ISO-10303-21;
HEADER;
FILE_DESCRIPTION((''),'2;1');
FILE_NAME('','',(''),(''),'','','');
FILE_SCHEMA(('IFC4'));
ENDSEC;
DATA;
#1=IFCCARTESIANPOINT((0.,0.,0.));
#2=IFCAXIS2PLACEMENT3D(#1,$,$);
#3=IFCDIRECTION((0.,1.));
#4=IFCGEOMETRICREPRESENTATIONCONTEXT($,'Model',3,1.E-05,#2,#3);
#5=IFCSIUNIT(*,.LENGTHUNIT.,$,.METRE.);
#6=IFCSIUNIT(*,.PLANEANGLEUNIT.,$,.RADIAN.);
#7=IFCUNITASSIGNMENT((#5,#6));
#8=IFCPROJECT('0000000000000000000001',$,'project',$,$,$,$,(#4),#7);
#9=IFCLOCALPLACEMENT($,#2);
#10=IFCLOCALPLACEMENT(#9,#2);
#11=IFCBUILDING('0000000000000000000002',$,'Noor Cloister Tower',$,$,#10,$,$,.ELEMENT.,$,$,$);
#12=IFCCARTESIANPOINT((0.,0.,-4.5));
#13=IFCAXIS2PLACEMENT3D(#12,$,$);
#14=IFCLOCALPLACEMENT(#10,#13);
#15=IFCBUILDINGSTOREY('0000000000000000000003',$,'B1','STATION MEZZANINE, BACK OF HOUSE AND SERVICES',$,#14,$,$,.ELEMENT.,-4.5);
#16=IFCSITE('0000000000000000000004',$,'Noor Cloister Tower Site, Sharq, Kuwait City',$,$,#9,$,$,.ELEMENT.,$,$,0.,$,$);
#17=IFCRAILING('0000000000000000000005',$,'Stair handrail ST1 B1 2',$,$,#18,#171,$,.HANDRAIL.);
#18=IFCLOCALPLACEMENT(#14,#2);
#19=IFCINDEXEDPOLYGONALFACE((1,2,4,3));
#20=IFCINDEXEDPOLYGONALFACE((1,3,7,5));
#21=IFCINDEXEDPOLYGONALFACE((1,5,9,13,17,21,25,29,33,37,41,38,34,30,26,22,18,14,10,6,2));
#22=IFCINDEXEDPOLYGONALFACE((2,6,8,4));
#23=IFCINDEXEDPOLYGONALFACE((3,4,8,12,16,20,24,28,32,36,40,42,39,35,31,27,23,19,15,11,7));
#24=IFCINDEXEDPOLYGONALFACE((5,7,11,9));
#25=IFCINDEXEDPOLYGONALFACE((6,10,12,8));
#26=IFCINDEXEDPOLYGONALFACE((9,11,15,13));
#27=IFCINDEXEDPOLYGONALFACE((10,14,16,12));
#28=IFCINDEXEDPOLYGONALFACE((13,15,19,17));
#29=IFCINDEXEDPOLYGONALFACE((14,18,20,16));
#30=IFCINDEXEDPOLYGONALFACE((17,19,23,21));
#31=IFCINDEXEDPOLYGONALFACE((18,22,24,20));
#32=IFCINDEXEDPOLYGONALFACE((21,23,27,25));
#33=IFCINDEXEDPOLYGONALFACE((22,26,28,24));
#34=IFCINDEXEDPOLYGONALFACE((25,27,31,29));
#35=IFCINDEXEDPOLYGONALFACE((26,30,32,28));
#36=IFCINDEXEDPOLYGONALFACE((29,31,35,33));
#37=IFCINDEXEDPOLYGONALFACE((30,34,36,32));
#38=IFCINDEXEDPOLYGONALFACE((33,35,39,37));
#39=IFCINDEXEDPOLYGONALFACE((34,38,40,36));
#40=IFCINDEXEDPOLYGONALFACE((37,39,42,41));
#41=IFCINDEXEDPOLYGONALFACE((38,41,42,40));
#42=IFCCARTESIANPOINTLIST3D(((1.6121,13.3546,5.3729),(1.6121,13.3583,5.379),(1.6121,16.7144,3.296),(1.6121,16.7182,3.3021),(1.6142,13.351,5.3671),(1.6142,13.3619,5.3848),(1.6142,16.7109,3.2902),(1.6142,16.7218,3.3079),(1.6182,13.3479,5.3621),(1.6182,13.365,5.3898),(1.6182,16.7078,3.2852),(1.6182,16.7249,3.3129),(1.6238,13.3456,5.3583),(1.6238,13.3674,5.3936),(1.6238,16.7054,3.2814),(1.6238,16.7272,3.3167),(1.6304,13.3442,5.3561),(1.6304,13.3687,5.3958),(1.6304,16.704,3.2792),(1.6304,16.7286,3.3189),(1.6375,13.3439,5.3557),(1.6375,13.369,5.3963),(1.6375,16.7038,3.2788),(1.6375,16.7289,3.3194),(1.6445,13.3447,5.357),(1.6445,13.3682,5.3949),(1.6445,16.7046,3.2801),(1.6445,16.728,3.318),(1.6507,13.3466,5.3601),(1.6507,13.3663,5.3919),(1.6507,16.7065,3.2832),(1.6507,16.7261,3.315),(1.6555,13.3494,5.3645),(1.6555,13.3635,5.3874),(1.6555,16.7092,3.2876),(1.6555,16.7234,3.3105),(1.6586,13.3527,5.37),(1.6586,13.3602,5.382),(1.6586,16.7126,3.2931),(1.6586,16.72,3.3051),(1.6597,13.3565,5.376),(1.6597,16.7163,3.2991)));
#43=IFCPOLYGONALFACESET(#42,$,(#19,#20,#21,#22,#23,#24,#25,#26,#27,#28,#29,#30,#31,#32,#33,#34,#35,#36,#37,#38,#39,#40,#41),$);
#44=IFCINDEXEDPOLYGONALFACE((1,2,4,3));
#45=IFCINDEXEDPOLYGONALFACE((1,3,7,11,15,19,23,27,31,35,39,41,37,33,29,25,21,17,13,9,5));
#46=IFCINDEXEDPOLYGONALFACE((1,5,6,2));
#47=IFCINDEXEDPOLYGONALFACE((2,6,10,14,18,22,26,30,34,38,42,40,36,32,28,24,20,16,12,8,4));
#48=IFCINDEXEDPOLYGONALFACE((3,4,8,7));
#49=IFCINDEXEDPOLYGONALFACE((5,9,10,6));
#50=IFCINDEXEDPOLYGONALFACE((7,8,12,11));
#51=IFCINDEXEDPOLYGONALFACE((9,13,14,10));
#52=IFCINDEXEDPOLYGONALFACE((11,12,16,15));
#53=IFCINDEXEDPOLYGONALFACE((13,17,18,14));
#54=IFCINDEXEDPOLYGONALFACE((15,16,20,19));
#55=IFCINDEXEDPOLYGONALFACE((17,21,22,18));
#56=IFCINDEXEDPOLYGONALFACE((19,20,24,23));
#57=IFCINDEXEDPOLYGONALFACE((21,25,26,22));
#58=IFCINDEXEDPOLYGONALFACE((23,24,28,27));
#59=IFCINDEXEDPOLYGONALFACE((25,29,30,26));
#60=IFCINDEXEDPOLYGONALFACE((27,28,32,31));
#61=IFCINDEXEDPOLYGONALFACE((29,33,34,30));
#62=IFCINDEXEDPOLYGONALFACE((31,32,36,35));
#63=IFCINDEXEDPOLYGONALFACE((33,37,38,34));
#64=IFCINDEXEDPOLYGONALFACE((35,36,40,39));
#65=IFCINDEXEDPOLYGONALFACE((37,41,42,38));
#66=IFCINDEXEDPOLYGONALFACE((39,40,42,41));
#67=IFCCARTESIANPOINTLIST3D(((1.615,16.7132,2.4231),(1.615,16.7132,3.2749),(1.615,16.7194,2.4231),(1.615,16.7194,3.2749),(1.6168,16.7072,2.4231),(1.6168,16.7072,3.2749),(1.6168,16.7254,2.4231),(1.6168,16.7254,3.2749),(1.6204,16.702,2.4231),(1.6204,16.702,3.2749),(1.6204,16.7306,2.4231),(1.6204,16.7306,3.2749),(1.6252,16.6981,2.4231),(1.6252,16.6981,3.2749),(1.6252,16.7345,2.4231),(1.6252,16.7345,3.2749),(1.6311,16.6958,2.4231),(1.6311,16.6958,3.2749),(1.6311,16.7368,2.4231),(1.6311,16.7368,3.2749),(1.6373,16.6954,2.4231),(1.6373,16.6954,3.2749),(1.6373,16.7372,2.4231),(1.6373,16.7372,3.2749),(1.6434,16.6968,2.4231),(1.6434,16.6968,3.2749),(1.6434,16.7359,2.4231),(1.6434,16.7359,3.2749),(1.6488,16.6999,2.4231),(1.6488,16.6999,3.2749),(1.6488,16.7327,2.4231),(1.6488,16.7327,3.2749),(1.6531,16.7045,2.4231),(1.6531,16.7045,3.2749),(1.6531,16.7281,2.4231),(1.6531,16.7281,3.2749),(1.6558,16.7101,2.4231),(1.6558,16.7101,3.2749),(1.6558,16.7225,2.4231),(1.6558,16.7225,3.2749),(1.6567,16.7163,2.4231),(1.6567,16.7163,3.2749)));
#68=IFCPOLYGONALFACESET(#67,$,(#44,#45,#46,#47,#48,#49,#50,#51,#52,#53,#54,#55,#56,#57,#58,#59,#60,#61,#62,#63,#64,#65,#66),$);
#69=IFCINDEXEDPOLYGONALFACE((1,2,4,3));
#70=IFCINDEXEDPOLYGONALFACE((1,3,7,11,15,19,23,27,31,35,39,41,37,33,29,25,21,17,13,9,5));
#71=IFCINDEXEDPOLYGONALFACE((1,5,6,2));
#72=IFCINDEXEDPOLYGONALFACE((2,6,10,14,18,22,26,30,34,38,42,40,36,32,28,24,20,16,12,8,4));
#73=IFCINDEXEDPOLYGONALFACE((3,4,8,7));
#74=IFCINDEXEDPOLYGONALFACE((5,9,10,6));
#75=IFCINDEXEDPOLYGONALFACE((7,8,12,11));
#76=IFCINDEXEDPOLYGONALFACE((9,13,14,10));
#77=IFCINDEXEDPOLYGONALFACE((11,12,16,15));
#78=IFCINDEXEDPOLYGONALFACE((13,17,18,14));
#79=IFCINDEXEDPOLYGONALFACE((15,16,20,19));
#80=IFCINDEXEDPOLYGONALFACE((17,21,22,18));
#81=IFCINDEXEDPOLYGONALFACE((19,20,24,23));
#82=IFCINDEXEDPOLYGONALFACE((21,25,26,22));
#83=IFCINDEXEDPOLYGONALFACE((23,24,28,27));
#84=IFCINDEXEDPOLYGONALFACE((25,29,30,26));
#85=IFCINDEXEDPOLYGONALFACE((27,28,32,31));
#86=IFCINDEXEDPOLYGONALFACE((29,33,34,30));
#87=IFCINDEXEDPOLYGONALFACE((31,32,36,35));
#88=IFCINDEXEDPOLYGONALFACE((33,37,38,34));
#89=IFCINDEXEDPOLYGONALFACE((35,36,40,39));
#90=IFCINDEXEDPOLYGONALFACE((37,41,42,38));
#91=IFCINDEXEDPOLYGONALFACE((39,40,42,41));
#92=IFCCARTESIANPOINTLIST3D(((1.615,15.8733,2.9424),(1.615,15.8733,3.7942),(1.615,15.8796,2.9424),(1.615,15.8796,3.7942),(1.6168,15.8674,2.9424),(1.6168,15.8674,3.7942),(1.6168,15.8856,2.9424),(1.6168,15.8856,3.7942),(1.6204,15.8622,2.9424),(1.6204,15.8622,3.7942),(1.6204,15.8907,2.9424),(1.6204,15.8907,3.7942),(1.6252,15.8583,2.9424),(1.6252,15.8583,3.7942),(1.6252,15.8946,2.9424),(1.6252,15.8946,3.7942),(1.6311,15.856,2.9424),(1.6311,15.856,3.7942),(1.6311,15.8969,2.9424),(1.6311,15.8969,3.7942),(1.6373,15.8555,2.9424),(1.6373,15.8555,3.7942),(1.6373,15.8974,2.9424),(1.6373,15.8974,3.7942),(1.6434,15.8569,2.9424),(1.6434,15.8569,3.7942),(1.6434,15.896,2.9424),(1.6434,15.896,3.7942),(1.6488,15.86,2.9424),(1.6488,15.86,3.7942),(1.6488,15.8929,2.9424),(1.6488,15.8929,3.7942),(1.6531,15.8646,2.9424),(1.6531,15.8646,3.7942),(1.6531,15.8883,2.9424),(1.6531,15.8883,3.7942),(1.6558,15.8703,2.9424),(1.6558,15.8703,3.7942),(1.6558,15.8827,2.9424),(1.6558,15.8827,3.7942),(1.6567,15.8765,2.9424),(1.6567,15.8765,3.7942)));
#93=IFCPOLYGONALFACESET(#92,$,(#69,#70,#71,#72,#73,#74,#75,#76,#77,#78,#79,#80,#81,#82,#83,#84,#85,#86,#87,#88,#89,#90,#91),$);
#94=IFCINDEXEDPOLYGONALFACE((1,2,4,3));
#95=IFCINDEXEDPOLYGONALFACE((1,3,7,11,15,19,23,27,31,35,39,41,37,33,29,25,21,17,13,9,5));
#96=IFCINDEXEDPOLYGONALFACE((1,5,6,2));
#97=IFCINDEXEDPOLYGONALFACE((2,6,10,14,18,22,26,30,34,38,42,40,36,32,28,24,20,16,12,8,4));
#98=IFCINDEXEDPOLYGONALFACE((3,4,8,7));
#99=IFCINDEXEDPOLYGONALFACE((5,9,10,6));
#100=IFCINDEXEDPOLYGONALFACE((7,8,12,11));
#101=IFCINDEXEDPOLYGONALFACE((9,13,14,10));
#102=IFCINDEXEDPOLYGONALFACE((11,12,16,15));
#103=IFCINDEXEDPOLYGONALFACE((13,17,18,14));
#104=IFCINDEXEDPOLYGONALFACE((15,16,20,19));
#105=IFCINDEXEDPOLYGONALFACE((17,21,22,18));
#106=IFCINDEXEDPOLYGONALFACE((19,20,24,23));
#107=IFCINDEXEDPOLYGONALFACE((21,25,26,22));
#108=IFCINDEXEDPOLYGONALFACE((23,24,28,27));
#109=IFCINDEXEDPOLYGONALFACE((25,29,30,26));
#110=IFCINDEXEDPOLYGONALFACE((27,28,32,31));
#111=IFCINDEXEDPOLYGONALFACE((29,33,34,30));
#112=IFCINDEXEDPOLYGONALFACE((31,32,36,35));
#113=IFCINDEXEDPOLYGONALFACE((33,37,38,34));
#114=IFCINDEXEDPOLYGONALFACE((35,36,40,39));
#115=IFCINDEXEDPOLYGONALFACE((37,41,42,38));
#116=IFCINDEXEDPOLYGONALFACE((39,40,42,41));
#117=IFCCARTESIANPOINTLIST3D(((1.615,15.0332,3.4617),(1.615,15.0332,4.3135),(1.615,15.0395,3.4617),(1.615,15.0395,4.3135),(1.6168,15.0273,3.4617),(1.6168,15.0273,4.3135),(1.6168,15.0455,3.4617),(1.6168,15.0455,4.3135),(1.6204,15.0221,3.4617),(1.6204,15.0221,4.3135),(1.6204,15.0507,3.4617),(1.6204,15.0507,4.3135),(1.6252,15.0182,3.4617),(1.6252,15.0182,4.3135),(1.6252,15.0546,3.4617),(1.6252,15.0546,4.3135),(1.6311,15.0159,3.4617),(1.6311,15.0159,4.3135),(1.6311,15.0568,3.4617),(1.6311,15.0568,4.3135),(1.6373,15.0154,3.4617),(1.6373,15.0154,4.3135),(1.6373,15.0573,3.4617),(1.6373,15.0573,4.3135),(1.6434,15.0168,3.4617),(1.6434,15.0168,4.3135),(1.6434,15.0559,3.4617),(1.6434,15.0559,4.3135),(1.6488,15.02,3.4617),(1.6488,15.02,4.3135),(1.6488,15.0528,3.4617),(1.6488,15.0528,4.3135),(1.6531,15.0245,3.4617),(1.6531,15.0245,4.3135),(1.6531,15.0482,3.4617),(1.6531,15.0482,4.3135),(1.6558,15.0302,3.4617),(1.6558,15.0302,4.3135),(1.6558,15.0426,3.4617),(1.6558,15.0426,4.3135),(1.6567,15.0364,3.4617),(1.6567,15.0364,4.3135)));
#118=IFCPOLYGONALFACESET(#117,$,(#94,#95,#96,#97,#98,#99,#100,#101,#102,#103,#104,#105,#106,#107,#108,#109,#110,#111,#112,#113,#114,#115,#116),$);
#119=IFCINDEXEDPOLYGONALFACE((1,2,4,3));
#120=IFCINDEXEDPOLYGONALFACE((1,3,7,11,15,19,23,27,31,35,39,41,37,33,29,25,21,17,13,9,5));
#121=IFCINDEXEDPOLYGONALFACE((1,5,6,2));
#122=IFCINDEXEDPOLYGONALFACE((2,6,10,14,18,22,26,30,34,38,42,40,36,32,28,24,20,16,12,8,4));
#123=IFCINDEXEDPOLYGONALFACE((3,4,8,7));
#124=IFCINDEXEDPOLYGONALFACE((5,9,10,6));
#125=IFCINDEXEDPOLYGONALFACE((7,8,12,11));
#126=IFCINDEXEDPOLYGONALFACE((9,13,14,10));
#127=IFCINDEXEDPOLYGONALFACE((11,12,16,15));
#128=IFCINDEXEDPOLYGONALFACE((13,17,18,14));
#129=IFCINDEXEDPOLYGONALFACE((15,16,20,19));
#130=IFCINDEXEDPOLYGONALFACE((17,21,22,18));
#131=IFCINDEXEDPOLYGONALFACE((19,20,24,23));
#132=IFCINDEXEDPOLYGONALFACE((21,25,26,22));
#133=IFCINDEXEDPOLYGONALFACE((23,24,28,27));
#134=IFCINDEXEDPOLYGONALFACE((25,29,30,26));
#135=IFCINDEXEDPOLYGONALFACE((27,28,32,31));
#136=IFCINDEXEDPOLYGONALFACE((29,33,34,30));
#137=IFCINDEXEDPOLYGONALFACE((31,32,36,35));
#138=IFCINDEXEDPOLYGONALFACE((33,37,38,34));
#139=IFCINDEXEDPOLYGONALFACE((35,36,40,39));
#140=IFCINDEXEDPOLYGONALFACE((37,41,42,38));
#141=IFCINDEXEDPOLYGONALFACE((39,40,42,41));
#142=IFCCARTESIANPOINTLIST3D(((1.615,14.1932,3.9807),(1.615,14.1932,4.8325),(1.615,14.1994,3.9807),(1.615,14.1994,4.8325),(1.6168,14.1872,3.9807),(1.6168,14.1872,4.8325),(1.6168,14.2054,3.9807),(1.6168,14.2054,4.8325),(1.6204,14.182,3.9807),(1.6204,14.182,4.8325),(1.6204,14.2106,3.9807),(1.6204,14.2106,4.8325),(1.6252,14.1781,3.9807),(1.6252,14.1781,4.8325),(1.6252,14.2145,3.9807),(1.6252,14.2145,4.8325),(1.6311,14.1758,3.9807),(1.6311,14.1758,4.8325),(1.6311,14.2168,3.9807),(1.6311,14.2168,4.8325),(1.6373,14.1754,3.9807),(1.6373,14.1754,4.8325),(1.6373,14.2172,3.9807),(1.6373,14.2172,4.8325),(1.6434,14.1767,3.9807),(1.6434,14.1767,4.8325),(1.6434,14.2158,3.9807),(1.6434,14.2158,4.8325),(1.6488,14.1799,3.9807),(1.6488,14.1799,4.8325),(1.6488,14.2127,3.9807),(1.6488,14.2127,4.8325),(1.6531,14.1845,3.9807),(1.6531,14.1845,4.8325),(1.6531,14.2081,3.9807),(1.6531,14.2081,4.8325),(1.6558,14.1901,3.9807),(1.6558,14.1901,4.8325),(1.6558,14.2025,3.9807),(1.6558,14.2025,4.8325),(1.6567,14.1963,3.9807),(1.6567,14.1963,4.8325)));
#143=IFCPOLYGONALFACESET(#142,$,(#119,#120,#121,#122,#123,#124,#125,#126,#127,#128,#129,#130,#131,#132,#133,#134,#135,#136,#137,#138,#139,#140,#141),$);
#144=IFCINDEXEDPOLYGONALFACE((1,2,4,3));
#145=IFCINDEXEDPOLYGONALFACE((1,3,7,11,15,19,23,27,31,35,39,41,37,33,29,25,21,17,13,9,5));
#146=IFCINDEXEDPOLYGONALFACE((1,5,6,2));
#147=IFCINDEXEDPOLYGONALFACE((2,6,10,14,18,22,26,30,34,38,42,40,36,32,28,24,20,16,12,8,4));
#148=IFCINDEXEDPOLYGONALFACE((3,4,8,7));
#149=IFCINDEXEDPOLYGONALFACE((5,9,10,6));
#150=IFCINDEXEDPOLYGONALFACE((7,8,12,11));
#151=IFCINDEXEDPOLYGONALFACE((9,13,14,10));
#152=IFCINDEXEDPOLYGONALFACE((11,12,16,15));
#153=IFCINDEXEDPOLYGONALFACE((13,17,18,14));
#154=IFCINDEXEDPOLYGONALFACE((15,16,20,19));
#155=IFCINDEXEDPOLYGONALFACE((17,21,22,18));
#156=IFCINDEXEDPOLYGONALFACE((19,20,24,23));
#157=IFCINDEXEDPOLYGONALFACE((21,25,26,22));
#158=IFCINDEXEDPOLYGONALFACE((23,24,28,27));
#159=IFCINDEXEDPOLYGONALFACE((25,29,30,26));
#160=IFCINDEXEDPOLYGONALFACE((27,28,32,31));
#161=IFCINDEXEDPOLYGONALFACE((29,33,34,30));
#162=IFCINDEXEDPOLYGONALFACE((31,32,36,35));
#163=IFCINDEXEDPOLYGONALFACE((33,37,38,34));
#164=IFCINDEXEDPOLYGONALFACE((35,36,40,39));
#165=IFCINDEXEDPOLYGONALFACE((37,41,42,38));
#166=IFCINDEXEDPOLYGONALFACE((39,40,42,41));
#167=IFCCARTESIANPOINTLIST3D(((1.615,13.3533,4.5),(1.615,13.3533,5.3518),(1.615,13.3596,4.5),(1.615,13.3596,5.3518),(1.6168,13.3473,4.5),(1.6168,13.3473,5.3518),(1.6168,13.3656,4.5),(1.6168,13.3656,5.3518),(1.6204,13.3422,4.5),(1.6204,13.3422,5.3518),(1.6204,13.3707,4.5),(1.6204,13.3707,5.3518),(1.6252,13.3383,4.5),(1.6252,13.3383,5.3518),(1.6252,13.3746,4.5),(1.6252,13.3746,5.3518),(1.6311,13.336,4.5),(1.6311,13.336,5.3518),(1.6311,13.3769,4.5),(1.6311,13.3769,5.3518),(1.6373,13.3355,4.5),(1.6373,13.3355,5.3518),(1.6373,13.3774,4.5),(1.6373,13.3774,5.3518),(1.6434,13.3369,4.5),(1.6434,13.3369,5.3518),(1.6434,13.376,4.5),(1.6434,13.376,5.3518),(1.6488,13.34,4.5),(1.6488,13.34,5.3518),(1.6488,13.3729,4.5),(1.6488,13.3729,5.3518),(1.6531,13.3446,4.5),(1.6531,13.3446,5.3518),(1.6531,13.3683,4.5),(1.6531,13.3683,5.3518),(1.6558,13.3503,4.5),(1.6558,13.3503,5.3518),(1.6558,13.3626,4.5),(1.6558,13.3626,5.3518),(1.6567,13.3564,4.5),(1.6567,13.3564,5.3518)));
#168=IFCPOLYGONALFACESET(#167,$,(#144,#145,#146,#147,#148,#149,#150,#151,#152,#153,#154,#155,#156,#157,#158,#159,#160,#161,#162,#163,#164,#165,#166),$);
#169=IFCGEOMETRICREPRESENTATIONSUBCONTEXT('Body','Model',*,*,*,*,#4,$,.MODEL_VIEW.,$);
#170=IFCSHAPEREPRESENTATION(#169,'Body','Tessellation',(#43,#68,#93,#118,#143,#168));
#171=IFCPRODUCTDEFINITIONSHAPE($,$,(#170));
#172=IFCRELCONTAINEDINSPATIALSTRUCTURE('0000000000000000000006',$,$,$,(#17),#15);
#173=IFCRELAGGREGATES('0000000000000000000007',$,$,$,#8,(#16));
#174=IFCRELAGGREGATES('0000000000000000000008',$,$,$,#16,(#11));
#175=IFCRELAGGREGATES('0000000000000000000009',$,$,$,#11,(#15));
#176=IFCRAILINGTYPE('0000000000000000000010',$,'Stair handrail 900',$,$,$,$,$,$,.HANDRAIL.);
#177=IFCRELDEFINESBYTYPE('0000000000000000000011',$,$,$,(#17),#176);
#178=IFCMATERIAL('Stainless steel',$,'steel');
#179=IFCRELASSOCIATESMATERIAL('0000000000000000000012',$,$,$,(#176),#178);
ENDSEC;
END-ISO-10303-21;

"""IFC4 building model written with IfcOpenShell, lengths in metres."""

from ifc_helpers import new_model, si_unit, direction, frame, origin, origin_2d, place, context, subcontext, project, spatial, circle, extrude, material, type_object, element, save


model = new_model("IFC4")

# Units and contexts
model_context = context("Model", 3, precision=1e-05, world=origin(), true_north=direction((0.0, 1.0)))
body_context = subcontext(model_context, "Body", "Model", "MODEL_VIEW")
ifc_project = project(units=[si_unit("LENGTHUNIT", "METRE"), si_unit("PLANEANGLEUNIT", "RADIAN")], contexts=[model_context])

# Site, building, storey
site_placement = place(None, origin())
site = spatial("IfcSite", under=ifc_project, at=site_placement, Name="Noor Cloister Tower Site, Sharq, Kuwait City", CompositionType="ELEMENT", RefElevation=0.0)
building_placement = place(site_placement, origin())
building = spatial("IfcBuilding", under=site, at=building_placement, Name="Noor Cloister Tower", CompositionType="ELEMENT")
storey_placement = place(building_placement, frame((0.0, 0.0, -4.5)))
storey = spatial("IfcBuildingStorey", under=building, at=storey_placement, Name="B1", Description="STATION MEZZANINE, BACK OF HOUSE AND SERVICES", CompositionType="ELEMENT", Elevation=-4.5)

# Railing
ifc_material_1 = material(Name="Stainless steel", Category="steel")
railing_type_1 = type_object("IfcRailingType", Name="Stair handrail 900", PredefinedType="HANDRAIL", material=ifc_material_1)
railing_1_placement = place(storey_placement, frame((1.6357, 16.7163, 2.4231)))
element("IfcRailing", 1, at=railing_1_placement, inside=storey, type_object=railing_type_1, Name="Stair handrail ST1 B1 2", PredefinedType="HANDRAIL", context=body_context, shape_type="SweptSolid", body=[
    extrude(circle(Radius=0.0239, at=origin_2d()), frame((0.0, 0.0, 0.876), z_axis=(0.0, -0.850606, 0.525803), x_axis=(1.0, 0.0, 0.0)), (0.0, 0.0, 1.0), 3.95),
    extrude(circle(Radius=0.021, at=origin_2d()), origin(), (0.0, 0.0, 1.0), 0.8518),
    extrude(circle(Radius=0.021, at=origin_2d()), frame((0.0, -0.8398, 0.5193)), (0.0, 0.0, 1.0), 0.8518),
    extrude(circle(Radius=0.021, at=origin_2d()), frame((0.0, -1.6799, 1.0386)), (0.0, 0.0, 1.0), 0.8518),
    extrude(circle(Radius=0.021, at=origin_2d()), frame((0.0, -2.52, 1.5576)), (0.0, 0.0, 1.0), 0.8518),
    extrude(circle(Radius=0.021, at=origin_2d()), frame((0.0, -3.3599, 2.0769)), (0.0, 0.0, 1.0), 0.8518),
])

save(model, "model.ifc")
